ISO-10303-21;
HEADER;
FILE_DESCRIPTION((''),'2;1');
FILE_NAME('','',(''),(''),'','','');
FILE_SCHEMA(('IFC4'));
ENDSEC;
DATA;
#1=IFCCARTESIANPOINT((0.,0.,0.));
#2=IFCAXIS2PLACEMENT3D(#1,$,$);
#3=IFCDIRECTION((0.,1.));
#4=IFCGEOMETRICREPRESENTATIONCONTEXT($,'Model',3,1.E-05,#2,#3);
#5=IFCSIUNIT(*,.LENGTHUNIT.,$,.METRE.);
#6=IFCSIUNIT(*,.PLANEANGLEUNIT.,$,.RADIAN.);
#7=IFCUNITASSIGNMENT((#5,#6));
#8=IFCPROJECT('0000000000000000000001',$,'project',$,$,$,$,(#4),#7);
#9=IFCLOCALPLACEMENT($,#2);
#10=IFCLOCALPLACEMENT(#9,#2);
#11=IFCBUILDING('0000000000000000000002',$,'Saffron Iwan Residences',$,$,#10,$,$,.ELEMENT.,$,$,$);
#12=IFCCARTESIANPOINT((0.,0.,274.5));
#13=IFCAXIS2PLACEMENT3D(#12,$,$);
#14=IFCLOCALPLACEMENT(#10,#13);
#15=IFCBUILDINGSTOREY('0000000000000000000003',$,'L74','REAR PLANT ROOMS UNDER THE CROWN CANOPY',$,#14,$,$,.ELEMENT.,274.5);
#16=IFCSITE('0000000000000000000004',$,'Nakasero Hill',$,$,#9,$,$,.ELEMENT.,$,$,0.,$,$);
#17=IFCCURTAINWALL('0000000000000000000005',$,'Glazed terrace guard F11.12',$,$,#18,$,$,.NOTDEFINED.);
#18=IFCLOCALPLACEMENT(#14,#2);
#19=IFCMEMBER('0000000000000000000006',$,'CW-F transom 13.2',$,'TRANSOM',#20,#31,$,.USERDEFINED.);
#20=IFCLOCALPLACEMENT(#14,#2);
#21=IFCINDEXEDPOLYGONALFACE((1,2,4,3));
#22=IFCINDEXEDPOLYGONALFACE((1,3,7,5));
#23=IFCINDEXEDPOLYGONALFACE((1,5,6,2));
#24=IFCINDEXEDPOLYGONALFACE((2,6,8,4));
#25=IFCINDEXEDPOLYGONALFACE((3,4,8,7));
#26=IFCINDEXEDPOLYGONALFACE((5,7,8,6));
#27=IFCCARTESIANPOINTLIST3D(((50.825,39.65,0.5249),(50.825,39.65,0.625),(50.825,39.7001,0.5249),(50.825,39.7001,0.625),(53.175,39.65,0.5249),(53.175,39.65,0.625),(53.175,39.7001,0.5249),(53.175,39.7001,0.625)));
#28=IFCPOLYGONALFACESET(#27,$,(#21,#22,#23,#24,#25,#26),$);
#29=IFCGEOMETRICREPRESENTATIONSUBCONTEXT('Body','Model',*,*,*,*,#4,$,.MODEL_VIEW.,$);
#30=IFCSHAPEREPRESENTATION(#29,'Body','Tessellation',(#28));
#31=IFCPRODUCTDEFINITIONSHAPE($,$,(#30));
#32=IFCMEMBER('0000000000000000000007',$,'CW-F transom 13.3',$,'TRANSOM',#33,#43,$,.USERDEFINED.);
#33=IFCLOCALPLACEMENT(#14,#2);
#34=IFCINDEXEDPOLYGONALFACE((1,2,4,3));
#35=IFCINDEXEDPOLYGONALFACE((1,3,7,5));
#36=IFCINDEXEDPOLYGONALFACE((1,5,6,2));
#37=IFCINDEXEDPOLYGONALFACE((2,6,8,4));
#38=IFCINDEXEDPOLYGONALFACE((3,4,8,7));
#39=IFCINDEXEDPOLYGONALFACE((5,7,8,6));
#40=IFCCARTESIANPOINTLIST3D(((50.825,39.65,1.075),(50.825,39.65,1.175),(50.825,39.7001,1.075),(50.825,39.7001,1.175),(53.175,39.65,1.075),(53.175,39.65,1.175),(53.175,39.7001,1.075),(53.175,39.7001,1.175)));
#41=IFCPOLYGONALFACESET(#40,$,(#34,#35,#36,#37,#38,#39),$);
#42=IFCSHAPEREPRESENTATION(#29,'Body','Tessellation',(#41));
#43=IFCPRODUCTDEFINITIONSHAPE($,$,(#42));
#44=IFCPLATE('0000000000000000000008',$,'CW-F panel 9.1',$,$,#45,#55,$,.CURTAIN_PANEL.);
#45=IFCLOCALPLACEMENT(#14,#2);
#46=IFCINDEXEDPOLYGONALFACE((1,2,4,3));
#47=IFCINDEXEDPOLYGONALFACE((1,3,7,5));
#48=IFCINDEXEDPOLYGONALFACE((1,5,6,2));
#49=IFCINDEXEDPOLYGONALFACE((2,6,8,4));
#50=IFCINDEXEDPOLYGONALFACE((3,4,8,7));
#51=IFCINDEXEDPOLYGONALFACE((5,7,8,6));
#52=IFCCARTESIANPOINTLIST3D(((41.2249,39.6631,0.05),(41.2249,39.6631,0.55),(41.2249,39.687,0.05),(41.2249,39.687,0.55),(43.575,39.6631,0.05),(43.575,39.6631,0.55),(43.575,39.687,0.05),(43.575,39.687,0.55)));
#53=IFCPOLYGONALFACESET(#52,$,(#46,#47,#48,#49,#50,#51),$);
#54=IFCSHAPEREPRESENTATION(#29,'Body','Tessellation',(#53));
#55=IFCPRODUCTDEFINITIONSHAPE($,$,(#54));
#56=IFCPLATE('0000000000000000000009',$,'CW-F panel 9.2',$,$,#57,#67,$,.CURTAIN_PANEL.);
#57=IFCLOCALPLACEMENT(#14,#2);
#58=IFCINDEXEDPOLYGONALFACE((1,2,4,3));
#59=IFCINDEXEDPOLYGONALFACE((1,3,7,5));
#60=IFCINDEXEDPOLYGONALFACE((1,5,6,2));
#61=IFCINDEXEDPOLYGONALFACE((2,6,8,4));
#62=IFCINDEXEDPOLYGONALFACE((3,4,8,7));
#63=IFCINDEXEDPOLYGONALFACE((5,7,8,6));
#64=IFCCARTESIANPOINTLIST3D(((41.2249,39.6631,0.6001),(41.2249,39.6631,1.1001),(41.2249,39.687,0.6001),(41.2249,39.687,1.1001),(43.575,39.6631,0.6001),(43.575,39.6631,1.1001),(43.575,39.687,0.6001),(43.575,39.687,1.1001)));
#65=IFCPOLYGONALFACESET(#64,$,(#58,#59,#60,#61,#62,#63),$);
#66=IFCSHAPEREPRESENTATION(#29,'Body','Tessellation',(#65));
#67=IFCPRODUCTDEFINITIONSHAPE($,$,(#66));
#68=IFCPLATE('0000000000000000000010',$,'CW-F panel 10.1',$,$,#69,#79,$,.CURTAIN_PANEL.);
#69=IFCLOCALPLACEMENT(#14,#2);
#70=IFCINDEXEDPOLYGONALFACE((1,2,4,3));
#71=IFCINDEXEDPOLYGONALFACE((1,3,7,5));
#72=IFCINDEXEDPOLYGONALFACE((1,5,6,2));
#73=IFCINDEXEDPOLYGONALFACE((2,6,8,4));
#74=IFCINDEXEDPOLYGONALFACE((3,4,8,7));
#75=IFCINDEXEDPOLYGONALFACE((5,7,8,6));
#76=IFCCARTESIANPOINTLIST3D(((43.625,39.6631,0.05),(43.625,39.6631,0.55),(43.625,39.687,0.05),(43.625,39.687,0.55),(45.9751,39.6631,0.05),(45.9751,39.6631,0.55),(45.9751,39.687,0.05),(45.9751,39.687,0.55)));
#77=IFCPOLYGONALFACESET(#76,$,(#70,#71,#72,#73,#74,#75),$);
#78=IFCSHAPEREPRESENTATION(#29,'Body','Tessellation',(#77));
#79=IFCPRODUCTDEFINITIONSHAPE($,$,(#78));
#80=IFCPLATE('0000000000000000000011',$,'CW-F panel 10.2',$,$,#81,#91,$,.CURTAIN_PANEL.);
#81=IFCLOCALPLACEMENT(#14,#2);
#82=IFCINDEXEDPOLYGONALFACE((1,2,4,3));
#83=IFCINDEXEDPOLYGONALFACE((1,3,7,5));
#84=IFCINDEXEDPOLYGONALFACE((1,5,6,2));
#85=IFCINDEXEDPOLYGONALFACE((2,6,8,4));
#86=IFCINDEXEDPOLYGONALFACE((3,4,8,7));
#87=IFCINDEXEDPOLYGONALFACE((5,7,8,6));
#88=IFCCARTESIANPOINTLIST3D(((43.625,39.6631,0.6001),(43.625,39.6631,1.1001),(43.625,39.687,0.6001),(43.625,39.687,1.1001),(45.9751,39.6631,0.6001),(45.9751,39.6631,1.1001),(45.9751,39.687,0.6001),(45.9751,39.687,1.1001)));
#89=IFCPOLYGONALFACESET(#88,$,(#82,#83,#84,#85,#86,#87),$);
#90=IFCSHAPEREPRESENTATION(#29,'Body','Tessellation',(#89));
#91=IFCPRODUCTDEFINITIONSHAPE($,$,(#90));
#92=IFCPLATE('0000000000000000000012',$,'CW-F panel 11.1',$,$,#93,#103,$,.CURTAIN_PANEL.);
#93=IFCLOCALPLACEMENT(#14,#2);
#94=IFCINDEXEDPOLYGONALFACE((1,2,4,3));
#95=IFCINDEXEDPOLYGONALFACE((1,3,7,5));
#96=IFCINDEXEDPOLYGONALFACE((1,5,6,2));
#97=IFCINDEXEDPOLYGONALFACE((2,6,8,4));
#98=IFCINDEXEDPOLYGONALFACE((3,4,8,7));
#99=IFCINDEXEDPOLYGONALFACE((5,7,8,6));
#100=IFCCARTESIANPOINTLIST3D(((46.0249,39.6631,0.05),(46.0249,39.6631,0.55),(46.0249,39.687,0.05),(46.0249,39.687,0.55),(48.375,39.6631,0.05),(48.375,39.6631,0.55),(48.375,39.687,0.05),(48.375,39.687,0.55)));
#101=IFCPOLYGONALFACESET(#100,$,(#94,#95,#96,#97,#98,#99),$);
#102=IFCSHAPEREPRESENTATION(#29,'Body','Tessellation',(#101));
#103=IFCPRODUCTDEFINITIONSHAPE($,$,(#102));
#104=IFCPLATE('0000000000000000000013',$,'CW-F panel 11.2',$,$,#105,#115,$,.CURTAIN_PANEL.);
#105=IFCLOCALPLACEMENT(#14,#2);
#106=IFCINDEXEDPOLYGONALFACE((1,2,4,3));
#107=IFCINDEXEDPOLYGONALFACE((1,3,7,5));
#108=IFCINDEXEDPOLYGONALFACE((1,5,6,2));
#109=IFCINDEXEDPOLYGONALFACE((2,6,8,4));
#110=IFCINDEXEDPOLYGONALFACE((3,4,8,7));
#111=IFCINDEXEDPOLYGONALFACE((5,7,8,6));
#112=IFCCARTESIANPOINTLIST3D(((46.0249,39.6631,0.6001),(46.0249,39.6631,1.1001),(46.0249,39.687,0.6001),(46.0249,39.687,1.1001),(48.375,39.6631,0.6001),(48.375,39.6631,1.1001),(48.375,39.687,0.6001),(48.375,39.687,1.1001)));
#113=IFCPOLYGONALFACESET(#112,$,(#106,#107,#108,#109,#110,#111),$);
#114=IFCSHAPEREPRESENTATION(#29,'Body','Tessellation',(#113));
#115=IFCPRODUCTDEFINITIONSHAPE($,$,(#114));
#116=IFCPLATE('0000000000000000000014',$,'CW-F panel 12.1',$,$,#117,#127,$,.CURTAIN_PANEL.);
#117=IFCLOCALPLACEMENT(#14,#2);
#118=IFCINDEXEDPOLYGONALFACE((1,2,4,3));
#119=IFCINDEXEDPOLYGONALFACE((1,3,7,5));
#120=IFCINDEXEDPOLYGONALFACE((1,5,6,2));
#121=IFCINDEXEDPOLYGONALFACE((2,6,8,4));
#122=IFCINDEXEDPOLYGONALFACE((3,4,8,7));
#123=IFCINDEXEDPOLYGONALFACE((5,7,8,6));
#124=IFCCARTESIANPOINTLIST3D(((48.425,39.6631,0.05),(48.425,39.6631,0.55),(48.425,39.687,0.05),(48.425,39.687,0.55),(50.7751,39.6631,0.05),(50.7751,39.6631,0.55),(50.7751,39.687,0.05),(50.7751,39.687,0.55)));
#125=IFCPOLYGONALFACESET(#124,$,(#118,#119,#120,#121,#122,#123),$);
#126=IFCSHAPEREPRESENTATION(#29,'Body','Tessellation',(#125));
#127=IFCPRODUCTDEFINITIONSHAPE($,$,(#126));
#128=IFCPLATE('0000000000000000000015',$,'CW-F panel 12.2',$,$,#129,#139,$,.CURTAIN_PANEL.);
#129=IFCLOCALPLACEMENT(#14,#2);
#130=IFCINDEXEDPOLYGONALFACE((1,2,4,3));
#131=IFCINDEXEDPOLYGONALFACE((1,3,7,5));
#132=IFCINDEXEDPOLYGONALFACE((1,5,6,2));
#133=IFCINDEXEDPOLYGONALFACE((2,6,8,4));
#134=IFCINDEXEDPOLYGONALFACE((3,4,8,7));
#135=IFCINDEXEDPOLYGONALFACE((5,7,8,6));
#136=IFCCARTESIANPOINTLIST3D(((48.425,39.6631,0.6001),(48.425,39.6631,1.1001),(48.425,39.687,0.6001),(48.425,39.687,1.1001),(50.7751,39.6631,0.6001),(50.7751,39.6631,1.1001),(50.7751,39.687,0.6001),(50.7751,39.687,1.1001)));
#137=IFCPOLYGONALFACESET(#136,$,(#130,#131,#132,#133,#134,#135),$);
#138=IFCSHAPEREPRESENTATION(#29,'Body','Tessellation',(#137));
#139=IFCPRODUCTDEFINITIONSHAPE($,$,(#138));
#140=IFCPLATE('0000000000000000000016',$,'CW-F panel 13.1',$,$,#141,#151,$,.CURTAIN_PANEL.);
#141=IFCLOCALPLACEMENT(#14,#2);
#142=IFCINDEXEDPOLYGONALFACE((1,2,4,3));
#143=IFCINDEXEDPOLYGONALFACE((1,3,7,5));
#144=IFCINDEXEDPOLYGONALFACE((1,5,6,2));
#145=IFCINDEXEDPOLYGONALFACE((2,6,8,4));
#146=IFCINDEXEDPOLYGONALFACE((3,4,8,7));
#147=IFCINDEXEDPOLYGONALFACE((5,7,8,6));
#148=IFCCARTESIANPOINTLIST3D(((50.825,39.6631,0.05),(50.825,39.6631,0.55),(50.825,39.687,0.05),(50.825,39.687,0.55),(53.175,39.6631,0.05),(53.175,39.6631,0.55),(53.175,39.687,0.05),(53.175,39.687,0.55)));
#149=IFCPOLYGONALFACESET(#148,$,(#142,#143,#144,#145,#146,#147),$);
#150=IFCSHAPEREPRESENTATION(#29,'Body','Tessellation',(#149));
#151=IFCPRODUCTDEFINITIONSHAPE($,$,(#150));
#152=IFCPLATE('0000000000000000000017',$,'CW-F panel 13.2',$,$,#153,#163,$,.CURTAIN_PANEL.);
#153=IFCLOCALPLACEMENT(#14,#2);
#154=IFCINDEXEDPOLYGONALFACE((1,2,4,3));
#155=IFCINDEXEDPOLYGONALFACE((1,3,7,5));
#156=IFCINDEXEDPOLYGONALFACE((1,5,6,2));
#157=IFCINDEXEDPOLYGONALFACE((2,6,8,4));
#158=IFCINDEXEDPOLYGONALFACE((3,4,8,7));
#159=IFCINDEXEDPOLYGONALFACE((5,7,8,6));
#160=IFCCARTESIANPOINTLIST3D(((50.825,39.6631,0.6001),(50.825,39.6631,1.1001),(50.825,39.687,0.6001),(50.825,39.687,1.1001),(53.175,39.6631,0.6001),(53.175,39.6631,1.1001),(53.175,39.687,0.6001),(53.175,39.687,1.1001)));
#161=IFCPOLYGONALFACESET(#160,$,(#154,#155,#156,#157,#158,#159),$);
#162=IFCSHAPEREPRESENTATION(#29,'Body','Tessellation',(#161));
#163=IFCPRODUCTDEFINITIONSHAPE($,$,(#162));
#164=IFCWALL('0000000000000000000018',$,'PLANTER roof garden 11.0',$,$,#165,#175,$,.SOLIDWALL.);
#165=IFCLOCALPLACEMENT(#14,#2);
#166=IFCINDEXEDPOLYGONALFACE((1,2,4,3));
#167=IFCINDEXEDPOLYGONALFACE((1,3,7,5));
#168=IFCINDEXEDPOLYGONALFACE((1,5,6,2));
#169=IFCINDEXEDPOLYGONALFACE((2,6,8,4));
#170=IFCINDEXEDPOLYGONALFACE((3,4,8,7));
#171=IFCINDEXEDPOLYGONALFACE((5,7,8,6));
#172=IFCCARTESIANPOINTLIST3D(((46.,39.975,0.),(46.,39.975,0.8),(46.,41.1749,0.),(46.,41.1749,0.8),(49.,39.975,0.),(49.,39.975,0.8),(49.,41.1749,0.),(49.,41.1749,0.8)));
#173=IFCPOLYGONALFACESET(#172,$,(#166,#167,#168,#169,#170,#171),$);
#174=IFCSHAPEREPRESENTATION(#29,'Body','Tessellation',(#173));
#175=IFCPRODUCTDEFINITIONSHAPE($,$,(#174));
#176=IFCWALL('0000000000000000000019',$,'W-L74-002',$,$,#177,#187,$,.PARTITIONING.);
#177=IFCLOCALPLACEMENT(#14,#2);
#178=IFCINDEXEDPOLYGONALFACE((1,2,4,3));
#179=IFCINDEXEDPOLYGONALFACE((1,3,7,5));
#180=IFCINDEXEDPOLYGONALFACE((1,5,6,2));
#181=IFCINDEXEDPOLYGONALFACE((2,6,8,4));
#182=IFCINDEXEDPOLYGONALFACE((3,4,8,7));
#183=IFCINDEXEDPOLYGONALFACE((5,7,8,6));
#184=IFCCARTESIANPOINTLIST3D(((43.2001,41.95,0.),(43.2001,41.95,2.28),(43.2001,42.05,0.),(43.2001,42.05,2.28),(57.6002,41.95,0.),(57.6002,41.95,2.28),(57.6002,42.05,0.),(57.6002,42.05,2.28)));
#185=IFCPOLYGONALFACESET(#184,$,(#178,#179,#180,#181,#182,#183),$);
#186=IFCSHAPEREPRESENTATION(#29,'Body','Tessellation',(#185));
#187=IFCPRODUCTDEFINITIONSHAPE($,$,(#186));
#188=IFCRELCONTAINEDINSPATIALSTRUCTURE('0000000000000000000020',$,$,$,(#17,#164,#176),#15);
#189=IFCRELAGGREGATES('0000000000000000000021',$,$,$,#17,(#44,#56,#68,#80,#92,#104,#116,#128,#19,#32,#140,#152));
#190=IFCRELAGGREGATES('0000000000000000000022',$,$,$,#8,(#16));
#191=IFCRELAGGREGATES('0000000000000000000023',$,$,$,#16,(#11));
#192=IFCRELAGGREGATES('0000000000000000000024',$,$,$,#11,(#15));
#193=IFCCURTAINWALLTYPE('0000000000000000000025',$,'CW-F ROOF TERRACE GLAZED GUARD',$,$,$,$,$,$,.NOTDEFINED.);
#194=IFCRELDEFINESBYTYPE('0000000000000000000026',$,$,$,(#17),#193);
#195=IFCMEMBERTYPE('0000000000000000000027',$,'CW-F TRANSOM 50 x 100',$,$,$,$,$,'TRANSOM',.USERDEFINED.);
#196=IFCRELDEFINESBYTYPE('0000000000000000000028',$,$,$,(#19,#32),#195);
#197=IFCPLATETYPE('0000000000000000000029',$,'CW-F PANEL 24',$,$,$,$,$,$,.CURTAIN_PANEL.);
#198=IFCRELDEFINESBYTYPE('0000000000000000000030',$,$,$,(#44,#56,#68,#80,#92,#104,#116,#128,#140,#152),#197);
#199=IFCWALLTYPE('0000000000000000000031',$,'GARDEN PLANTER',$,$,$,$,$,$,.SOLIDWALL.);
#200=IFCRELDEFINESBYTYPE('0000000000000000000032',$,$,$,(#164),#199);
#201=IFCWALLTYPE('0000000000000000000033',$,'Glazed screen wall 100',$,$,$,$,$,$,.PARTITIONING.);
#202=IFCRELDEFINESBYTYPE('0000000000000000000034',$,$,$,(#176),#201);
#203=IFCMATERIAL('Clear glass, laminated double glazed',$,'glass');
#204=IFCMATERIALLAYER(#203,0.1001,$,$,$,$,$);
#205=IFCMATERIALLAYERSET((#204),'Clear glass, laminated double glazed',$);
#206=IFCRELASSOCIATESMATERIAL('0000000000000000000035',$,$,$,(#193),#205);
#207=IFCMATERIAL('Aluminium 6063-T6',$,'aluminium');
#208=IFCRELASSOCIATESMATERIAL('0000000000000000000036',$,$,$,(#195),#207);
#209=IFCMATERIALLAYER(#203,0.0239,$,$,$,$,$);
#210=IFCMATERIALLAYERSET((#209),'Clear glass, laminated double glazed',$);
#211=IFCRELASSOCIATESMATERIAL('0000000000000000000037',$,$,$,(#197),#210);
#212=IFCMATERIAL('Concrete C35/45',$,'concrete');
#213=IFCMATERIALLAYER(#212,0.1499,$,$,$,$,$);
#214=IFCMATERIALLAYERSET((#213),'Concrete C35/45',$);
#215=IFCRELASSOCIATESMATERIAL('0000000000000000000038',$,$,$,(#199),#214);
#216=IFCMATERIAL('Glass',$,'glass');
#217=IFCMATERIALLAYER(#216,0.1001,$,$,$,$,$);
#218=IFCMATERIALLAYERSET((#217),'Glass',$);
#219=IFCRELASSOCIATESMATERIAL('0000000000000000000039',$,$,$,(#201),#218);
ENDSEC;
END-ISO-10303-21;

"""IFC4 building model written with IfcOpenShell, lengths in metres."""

from ifc_helpers import new_model, si_unit, direction, frame, frame_2d, origin, origin_2d, place, context, subcontext, project, spatial, rectangle, extrude, source, transform, mapped, material, layer, layer_set, material_profile, profile_set, type_object, element, aggregate, save


model = new_model("IFC4")

# Units and contexts
model_context = context("Model", 3, precision=1e-05, world=origin(), true_north=direction((0.0, 1.0)))
body_context = subcontext(model_context, "Body", "Model", "MODEL_VIEW")
ifc_project = project(units=[si_unit("LENGTHUNIT", "METRE"), si_unit("PLANEANGLEUNIT", "RADIAN")], contexts=[model_context])

# Site, building, storey
site_placement = place(None, origin())
site = spatial("IfcSite", under=ifc_project, at=site_placement, Name="Nakasero Hill", CompositionType="ELEMENT", RefElevation=0.0)
building_placement = place(site_placement, origin())
building = spatial("IfcBuilding", under=site, at=building_placement, Name="Saffron Iwan Residences", CompositionType="ELEMENT")
storey_placement = place(building_placement, frame((0.0, 0.0, 274.5)))
storey = spatial("IfcBuildingStorey", under=building, at=storey_placement, Name="L74", Description="REAR PLANT ROOMS UNDER THE CROWN CANOPY", CompositionType="ELEMENT", Elevation=274.5)

# Curtain wall, members, plates
ifc_material_1 = material(Name="Clear glass, laminated double glazed", Category="glass")
ifc_layer_1 = layer(ifc_material_1, 0.1001)
ifc_layer_set_1 = layer_set([ifc_layer_1], Name="Clear glass, laminated double glazed")
curtain_wall_type = type_object("IfcCurtainWallType", Name="CW-F ROOF TERRACE GLAZED GUARD", PredefinedType="NOTDEFINED", material=ifc_layer_set_1)
curtain_wall_placement = place(storey_placement, origin())
curtain_wall = element("IfcCurtainWall", 1, at=curtain_wall_placement, inside=storey, type_object=curtain_wall_type, Name="Glazed terrace guard F11.12", PredefinedType="NOTDEFINED")
ifc_material_2 = material(Name="Aluminium 6063-T6", Category="aluminium")
ifc_material_profile_1 = material_profile(ifc_material_2, rectangle(XDim=0.05, YDim=0.1001, at=origin_2d()), Name="CW-F TRANSOM 50 x 100")
ifc_profile_set_1 = profile_set([ifc_material_profile_1], Name="Aluminium 6063-T6")
member_type_1 = type_object("IfcMemberType", Name="CW-F TRANSOM 50 x 100", ElementType="TRANSOM", PredefinedType="USERDEFINED", material=ifc_profile_set_1)
shared_shape_1 = source(origin(), body_context, "Body", "SweptSolid", [
    extrude(rectangle(XDim=0.05, YDim=0.1001, at=origin_2d()), origin(), (0.0, 0.0, 1.0), 2.3501),
])
member_1_placement = place(storey_placement, frame((50.825, 39.675, 0.575), z_axis=(1.0, 0.0, 0.0), x_axis=(0.0, 1.0, 0.0)))
member_1 = element("IfcMember", 2, at=member_1_placement, type_object=member_type_1, Name="CW-F transom 13.2", ObjectType="TRANSOM", PredefinedType="USERDEFINED", context=body_context, shape_type="MappedRepresentation", body=[
    mapped(shared_shape_1, transform((0.0, 0.0, 0.0))),
])
member_2_placement = place(storey_placement, frame((50.825, 39.675, 1.125), z_axis=(1.0, 0.0, 0.0), x_axis=(0.0, 1.0, 0.0)))
member_2 = element("IfcMember", 3, at=member_2_placement, type_object=member_type_1, Name="CW-F transom 13.3", ObjectType="TRANSOM", PredefinedType="USERDEFINED", context=body_context, shape_type="MappedRepresentation", body=[
    mapped(shared_shape_1, transform((0.0, 0.0, 0.0))),
])
ifc_layer_2 = layer(ifc_material_1, 0.0239)
ifc_layer_set_2 = layer_set([ifc_layer_2], Name="Clear glass, laminated double glazed")
plate_type = type_object("IfcPlateType", Name="CW-F PANEL 24", PredefinedType="CURTAIN_PANEL", material=ifc_layer_set_2)
shared_shape_2 = source(origin(), body_context, "Body", "SweptSolid", [
    extrude(rectangle(XDim=2.3501, YDim=0.0239, at=origin_2d()), origin(), (0.0, 0.0, 1.0), 0.5),
])
plate_1_placement = place(storey_placement, frame((42.3999, 39.675, 0.05), z_axis=(0.0, 0.0, 1.0), x_axis=(1.0, 0.0, 0.0)))
plate_1 = element("IfcPlate", 4, at=plate_1_placement, type_object=plate_type, Name="CW-F panel 9.1", PredefinedType="CURTAIN_PANEL", context=body_context, shape_type="MappedRepresentation", body=[
    mapped(shared_shape_2, transform((0.0, 0.0, 0.0))),
])
plate_2_placement = place(storey_placement, frame((42.3999, 39.675, 0.6001), z_axis=(0.0, 0.0, 1.0), x_axis=(1.0, 0.0, 0.0)))
plate_2 = element("IfcPlate", 5, at=plate_2_placement, type_object=plate_type, Name="CW-F panel 9.2", PredefinedType="CURTAIN_PANEL", context=body_context, shape_type="MappedRepresentation", body=[
    mapped(shared_shape_2, transform((0.0, 0.0, 0.0))),
])
plate_3_placement = place(storey_placement, frame((44.8, 39.675, 0.05), z_axis=(0.0, 0.0, 1.0), x_axis=(1.0, 0.0, 0.0)))
plate_3 = element("IfcPlate", 6, at=plate_3_placement, type_object=plate_type, Name="CW-F panel 10.1", PredefinedType="CURTAIN_PANEL", context=body_context, shape_type="MappedRepresentation", body=[
    mapped(shared_shape_2, transform((0.0, 0.0, 0.0))),
])
plate_4_placement = place(storey_placement, frame((44.8, 39.675, 0.6001), z_axis=(0.0, 0.0, 1.0), x_axis=(1.0, 0.0, 0.0)))
plate_4 = element("IfcPlate", 7, at=plate_4_placement, type_object=plate_type, Name="CW-F panel 10.2", PredefinedType="CURTAIN_PANEL", context=body_context, shape_type="MappedRepresentation", body=[
    mapped(shared_shape_2, transform((0.0, 0.0, 0.0))),
])
plate_5_placement = place(storey_placement, frame((47.2, 39.675, 0.05), z_axis=(0.0, 0.0, 1.0), x_axis=(1.0, 0.0, 0.0)))
plate_5 = element("IfcPlate", 8, at=plate_5_placement, type_object=plate_type, Name="CW-F panel 11.1", PredefinedType="CURTAIN_PANEL", context=body_context, shape_type="MappedRepresentation", body=[
    mapped(shared_shape_2, transform((0.0, 0.0, 0.0))),
])
plate_6_placement = place(storey_placement, frame((47.2, 39.675, 0.6001), z_axis=(0.0, 0.0, 1.0), x_axis=(1.0, 0.0, 0.0)))
plate_6 = element("IfcPlate", 9, at=plate_6_placement, type_object=plate_type, Name="CW-F panel 11.2", PredefinedType="CURTAIN_PANEL", context=body_context, shape_type="MappedRepresentation", body=[
    mapped(shared_shape_2, transform((0.0, 0.0, 0.0))),
])
plate_7_placement = place(storey_placement, frame((49.6001, 39.675, 0.05), z_axis=(0.0, 0.0, 1.0), x_axis=(1.0, 0.0, 0.0)))
plate_7 = element("IfcPlate", 10, at=plate_7_placement, type_object=plate_type, Name="CW-F panel 12.1", PredefinedType="CURTAIN_PANEL", context=body_context, shape_type="MappedRepresentation", body=[
    mapped(shared_shape_2, transform((0.0, 0.0, 0.0))),
])
plate_8_placement = place(storey_placement, frame((49.6001, 39.675, 0.6001), z_axis=(0.0, 0.0, 1.0), x_axis=(1.0, 0.0, 0.0)))
plate_8 = element("IfcPlate", 11, at=plate_8_placement, type_object=plate_type, Name="CW-F panel 12.2", PredefinedType="CURTAIN_PANEL", context=body_context, shape_type="MappedRepresentation", body=[
    mapped(shared_shape_2, transform((0.0, 0.0, 0.0))),
])
plate_9_placement = place(storey_placement, frame((52.0, 39.675, 0.05), z_axis=(0.0, 0.0, 1.0), x_axis=(1.0, 0.0, 0.0)))
plate_9 = element("IfcPlate", 12, at=plate_9_placement, type_object=plate_type, Name="CW-F panel 13.1", PredefinedType="CURTAIN_PANEL", context=body_context, shape_type="MappedRepresentation", body=[
    mapped(shared_shape_2, transform((0.0, 0.0, 0.0))),
])
plate_10_placement = place(storey_placement, frame((52.0, 39.675, 0.6001), z_axis=(0.0, 0.0, 1.0), x_axis=(1.0, 0.0, 0.0)))
plate_10 = element("IfcPlate", 13, at=plate_10_placement, type_object=plate_type, Name="CW-F panel 13.2", PredefinedType="CURTAIN_PANEL", context=body_context, shape_type="MappedRepresentation", body=[
    mapped(shared_shape_2, transform((0.0, 0.0, 0.0))),
])
aggregate(curtain_wall, [plate_1, plate_2, plate_3, plate_4, plate_5, plate_6, plate_7, plate_8, member_1, member_2, plate_9, plate_10])

# Walls
ifc_material_3 = material(Name="Concrete C35/45", Category="concrete")
ifc_layer_3 = layer(ifc_material_3, 0.1499)
ifc_layer_set_3 = layer_set([ifc_layer_3], Name="Concrete C35/45")
wall_type_1 = type_object("IfcWallType", Name="GARDEN PLANTER", PredefinedType="SOLIDWALL", material=ifc_layer_set_3)
wall_1_placement = place(storey_placement, frame((46.0, 40.575, 0.0), z_axis=(0.0, 0.0, 1.0), x_axis=(1.0, 0.0, 0.0)))
element("IfcWall", 14, at=wall_1_placement, inside=storey, type_object=wall_type_1, Name="PLANTER roof garden 11.0", PredefinedType="SOLIDWALL", context=body_context, shape_type="SweptSolid", body=[
    extrude(rectangle(XDim=3.0, YDim=1.2, at=frame_2d((1.5, 0.0))), origin(), (0.0, 0.0, 1.0), 0.8),
])
ifc_material_4 = material(Name="Glass", Category="glass")
ifc_layer_4 = layer(ifc_material_4, 0.1001)
ifc_layer_set_4 = layer_set([ifc_layer_4], Name="Glass")
wall_type_2 = type_object("IfcWallType", Name="Glazed screen wall 100", PredefinedType="PARTITIONING", material=ifc_layer_set_4)
wall_2_placement = place(storey_placement, frame((43.2, 42.0, 0.0), z_axis=(0.0, 0.0, 1.0), x_axis=(1.0, 0.0, 0.0)))
element("IfcWall", 15, at=wall_2_placement, inside=storey, type_object=wall_type_2, Name="W-L74-002", PredefinedType="PARTITIONING", context=body_context, shape_type="SweptSolid", body=[
    extrude(rectangle(XDim=14.4001, YDim=0.1001, at=frame_2d((7.2002, 0.0))), origin(), (0.0, 0.0, 1.0), 2.28),
])

save(model, "model.ifc")
